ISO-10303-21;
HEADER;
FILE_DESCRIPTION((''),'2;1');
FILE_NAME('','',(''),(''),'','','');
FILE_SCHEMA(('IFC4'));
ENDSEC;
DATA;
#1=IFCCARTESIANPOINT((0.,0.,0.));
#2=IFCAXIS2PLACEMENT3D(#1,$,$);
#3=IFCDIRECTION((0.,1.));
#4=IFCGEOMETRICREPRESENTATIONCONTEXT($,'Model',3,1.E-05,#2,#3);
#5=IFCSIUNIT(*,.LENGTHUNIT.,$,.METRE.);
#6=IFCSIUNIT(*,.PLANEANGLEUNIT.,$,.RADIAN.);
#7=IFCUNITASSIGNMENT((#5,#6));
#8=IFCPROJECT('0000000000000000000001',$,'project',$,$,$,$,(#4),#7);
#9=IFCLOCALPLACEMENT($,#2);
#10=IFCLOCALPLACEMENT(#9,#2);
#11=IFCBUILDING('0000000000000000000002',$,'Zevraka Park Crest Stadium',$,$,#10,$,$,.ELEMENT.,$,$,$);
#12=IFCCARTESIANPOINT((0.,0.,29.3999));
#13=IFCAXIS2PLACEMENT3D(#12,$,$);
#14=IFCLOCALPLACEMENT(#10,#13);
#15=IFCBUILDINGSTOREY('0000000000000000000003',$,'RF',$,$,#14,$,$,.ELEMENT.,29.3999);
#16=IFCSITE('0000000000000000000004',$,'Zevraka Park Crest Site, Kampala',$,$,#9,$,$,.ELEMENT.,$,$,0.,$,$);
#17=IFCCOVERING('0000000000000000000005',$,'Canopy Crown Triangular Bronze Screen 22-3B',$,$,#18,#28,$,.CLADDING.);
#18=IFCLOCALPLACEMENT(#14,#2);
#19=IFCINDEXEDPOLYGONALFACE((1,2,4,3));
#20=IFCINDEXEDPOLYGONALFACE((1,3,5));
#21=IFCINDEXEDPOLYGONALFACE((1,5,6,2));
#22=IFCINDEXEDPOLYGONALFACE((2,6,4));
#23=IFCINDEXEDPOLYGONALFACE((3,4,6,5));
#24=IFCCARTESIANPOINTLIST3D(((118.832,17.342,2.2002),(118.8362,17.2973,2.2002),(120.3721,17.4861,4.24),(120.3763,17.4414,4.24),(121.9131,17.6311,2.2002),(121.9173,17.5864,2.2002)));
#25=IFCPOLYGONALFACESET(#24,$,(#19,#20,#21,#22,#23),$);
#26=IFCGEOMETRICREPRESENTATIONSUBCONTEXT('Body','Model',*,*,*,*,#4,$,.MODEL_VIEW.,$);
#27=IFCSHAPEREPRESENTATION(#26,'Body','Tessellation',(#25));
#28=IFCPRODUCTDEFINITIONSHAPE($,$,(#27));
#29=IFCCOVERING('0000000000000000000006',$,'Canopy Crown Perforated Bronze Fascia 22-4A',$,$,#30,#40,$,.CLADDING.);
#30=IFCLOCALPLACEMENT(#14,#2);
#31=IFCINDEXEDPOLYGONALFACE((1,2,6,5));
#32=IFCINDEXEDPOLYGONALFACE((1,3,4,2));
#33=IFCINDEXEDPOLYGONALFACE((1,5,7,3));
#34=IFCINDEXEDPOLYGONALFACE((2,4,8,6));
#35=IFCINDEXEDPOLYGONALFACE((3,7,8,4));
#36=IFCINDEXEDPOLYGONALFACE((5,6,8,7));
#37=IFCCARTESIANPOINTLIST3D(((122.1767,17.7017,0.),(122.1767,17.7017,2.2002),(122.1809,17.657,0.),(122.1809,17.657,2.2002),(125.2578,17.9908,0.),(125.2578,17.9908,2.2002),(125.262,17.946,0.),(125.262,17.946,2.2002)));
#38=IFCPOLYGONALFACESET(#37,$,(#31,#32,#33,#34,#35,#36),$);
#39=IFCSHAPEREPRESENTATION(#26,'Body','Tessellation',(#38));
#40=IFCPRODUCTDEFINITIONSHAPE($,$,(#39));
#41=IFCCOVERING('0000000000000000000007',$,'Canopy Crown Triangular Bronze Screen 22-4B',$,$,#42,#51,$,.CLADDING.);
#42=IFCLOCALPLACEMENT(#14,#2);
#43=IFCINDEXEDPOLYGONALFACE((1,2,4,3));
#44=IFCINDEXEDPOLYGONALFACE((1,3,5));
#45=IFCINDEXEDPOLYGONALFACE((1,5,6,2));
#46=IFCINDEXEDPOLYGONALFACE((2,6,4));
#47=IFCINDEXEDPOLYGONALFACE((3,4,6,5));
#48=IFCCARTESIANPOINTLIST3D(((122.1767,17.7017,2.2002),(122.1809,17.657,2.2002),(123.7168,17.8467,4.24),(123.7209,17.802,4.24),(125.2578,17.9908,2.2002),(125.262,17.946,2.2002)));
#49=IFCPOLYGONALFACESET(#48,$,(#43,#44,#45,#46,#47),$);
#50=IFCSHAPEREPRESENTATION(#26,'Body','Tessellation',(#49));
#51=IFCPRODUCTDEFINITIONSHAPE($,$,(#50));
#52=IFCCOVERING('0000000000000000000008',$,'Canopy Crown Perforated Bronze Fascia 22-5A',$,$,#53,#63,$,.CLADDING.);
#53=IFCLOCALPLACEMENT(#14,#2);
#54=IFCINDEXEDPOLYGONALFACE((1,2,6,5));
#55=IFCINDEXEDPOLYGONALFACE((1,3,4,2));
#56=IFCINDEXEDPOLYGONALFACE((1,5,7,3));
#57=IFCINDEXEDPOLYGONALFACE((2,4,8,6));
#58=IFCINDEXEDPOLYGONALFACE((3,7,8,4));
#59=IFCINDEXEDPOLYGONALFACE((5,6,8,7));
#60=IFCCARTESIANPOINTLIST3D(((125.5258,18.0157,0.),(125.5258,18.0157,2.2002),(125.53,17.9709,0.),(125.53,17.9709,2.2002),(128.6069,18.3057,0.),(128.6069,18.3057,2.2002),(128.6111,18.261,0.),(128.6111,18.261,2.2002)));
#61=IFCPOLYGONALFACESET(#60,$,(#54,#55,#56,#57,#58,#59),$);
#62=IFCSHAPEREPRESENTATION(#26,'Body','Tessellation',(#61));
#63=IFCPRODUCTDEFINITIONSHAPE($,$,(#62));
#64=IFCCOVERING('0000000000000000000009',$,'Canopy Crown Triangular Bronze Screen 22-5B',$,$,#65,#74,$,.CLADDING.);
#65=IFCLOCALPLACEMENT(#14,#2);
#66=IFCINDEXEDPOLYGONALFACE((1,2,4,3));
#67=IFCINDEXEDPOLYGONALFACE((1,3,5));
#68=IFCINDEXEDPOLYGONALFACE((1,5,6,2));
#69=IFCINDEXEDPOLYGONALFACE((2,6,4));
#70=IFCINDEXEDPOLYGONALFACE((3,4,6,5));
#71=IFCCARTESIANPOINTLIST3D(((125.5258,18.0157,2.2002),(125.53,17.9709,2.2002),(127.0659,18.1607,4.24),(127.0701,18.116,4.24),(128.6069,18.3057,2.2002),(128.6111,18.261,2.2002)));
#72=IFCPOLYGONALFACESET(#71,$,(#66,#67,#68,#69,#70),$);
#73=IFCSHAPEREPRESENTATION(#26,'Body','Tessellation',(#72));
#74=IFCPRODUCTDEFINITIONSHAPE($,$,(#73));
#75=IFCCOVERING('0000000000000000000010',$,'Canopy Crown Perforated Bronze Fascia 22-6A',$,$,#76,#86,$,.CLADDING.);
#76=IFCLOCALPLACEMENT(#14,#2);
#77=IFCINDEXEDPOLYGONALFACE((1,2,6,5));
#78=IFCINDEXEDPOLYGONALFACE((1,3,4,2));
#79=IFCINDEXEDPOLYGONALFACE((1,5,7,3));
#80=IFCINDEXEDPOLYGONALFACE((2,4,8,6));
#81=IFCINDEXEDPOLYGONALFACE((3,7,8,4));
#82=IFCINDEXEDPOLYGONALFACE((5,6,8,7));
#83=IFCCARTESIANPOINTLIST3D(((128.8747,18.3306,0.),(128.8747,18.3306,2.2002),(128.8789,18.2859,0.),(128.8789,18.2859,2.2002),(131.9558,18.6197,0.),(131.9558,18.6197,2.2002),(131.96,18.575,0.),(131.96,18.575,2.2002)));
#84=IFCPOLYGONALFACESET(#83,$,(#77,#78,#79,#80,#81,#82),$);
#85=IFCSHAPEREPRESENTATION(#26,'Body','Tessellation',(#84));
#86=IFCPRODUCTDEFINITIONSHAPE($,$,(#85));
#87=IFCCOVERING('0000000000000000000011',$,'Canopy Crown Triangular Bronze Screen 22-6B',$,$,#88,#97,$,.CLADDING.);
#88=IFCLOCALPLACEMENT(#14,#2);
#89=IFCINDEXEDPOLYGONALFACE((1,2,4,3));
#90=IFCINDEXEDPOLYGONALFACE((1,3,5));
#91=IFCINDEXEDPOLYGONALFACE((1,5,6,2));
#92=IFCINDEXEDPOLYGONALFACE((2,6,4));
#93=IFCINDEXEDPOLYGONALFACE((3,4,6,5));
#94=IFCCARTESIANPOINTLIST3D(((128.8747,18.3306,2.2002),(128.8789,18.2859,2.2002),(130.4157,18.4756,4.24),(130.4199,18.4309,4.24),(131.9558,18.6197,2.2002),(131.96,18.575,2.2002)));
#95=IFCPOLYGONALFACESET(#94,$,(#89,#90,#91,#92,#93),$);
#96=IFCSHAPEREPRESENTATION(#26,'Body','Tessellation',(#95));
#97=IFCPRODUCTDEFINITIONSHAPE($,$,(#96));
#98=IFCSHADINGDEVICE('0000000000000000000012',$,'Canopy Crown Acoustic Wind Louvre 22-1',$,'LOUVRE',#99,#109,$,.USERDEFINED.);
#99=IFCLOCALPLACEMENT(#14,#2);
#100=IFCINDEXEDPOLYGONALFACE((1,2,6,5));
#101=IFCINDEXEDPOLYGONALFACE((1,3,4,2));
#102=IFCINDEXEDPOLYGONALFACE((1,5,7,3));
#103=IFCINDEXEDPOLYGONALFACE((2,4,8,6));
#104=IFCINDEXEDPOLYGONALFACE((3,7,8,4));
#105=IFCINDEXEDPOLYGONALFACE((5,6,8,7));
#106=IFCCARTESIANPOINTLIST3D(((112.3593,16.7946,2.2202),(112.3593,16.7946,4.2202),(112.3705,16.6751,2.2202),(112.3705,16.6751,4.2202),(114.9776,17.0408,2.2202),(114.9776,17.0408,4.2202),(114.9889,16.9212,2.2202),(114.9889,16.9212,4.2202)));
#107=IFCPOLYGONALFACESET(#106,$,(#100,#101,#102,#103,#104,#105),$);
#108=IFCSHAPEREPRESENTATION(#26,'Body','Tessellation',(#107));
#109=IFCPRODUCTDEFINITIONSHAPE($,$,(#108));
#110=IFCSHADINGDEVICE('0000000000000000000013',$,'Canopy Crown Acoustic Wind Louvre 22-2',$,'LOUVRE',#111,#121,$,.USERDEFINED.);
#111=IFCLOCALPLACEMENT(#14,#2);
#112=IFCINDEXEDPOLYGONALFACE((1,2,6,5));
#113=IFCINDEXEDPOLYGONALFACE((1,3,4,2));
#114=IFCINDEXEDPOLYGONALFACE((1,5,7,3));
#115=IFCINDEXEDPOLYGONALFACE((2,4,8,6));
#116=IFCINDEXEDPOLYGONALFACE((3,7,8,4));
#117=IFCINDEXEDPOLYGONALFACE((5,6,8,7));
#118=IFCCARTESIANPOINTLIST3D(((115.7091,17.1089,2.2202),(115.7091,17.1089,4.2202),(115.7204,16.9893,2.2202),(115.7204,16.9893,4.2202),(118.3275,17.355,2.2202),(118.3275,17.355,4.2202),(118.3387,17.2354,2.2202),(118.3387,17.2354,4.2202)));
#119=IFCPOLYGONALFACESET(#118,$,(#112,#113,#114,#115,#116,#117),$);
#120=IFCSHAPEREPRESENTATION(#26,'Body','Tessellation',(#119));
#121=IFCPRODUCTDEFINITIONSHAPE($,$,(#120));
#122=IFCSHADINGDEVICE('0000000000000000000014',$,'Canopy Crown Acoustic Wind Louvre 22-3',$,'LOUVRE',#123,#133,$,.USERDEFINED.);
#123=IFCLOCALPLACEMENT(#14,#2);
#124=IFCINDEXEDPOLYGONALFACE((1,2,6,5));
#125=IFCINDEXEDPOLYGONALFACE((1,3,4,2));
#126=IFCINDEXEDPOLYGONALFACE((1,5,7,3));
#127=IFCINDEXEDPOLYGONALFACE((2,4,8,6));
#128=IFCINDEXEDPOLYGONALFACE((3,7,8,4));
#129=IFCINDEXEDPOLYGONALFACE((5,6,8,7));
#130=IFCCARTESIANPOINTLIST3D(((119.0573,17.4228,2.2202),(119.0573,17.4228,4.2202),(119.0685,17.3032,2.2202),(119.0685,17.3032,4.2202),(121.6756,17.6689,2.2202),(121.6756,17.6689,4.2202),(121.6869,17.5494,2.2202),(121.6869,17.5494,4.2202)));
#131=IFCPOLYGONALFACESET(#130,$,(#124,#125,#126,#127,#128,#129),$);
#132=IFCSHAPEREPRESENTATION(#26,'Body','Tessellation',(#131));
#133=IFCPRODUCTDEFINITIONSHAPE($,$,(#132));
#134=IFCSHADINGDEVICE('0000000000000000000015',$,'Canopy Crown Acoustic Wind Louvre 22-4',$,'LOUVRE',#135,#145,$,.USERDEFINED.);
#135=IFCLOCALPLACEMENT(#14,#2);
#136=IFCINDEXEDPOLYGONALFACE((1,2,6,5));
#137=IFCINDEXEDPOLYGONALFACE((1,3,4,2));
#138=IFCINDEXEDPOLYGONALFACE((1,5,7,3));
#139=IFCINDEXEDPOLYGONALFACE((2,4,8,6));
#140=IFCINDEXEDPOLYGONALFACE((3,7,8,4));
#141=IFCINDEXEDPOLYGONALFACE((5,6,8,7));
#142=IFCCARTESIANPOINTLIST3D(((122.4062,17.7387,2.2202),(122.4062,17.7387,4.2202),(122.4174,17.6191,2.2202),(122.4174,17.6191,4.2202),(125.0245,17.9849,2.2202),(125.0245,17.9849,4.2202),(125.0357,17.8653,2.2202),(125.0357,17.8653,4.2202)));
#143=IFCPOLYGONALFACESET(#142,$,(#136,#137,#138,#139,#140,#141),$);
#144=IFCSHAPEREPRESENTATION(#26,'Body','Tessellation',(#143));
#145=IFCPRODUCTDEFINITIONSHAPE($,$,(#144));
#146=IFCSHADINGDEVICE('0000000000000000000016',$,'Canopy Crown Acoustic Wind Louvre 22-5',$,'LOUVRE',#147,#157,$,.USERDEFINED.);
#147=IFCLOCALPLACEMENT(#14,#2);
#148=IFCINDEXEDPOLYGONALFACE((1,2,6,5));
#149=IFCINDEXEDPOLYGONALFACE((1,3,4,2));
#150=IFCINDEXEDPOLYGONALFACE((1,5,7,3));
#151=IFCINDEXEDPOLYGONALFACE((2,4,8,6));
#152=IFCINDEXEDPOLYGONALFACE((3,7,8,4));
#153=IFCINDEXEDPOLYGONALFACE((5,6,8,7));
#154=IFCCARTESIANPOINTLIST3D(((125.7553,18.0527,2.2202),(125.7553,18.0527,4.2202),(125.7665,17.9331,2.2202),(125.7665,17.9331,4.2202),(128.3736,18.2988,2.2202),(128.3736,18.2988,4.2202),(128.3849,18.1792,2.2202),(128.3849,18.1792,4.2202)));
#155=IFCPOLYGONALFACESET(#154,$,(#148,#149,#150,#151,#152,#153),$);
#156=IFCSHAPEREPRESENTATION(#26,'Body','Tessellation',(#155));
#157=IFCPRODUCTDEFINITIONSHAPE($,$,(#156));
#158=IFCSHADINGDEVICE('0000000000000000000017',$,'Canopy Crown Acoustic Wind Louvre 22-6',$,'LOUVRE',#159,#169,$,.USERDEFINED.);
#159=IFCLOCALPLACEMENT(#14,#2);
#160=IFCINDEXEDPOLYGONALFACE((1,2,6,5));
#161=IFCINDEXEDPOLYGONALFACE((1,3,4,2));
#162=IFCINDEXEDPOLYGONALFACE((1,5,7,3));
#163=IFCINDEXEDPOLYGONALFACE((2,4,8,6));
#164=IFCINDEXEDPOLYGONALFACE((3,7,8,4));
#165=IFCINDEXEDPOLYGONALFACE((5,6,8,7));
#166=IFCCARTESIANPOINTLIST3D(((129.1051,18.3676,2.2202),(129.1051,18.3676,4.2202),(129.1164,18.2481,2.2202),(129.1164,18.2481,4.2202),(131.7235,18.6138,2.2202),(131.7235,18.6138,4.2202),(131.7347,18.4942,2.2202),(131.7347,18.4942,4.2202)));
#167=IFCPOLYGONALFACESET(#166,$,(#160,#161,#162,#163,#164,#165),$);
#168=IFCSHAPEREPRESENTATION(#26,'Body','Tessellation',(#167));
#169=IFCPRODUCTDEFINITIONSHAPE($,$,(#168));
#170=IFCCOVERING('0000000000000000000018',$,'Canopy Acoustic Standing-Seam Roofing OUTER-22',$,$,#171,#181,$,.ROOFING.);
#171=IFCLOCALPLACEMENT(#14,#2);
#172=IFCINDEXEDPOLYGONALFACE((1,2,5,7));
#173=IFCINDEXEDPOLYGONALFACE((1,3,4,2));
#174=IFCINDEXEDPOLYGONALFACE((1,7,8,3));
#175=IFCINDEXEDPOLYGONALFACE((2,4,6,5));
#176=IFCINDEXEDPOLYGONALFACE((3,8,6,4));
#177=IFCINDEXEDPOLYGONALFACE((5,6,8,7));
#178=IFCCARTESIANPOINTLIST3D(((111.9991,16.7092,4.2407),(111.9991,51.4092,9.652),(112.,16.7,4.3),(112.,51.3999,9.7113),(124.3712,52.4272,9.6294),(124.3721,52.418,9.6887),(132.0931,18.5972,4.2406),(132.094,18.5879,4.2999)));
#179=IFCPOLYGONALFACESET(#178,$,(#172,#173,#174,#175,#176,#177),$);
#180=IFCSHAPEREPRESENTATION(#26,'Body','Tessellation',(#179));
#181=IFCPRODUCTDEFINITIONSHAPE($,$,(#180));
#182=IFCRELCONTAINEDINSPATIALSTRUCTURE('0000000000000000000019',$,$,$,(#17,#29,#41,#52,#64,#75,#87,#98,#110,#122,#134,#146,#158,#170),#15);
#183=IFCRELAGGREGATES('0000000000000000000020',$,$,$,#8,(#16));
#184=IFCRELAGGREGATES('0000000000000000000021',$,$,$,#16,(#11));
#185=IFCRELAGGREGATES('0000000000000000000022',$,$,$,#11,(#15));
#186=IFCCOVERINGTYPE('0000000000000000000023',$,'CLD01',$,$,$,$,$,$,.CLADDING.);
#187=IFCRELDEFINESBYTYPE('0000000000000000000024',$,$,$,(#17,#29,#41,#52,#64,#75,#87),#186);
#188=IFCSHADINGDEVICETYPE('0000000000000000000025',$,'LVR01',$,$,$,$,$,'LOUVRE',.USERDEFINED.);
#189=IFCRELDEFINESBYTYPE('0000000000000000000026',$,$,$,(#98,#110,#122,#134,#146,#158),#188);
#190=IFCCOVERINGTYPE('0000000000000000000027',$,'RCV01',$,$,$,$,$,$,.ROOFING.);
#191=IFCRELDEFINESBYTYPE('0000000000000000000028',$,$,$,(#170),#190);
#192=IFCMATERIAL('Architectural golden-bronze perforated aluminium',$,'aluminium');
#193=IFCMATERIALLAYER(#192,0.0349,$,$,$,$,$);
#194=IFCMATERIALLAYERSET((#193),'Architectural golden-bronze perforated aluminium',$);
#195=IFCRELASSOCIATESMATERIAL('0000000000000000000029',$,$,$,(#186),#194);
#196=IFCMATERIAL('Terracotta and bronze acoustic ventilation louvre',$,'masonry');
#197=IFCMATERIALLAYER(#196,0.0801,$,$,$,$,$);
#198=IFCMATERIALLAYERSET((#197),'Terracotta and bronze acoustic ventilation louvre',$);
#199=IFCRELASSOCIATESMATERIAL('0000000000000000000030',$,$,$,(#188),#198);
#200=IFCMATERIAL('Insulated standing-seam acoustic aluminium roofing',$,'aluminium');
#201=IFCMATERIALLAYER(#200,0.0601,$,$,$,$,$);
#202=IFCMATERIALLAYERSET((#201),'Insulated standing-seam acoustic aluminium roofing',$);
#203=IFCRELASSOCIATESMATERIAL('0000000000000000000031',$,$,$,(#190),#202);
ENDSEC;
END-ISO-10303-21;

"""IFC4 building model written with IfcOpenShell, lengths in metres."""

from ifc_helpers import new_model, si_unit, direction, frame, origin, origin_2d, place, context, subcontext, project, spatial, polyline, rectangle, outline, extrude, material, layer, layer_set, type_object, element, save


model = new_model("IFC4")

# Units and contexts
model_context = context("Model", 3, precision=1e-05, world=origin(), true_north=direction((0.0, 1.0)))
body_context = subcontext(model_context, "Body", "Model", "MODEL_VIEW")
ifc_project = project(units=[si_unit("LENGTHUNIT", "METRE"), si_unit("PLANEANGLEUNIT", "RADIAN")], contexts=[model_context])

# Site, building, storey
site_placement = place(None, origin())
site = spatial("IfcSite", under=ifc_project, at=site_placement, Name="Zevraka Park Crest Site, Kampala", CompositionType="ELEMENT", RefElevation=0.0)
building_placement = place(site_placement, origin())
building = spatial("IfcBuilding", under=site, at=building_placement, Name="Zevraka Park Crest Stadium", CompositionType="ELEMENT")
storey_placement = place(building_placement, frame((0.0, 0.0, 29.3999)))
storey = spatial("IfcBuildingStorey", under=building, at=storey_placement, Name="RF", CompositionType="ELEMENT", Elevation=29.3999)

# Coverings
ifc_material_1 = material(Name="Architectural golden-bronze perforated aluminium", Category="aluminium")
ifc_layer_1 = layer(ifc_material_1, 0.0349)
ifc_layer_set_1 = layer_set([ifc_layer_1], Name="Architectural golden-bronze perforated aluminium")
covering_type_1 = type_object("IfcCoveringType", Name="CLD01", PredefinedType="CLADDING", material=ifc_layer_set_1)
covering_1_placement = place(storey_placement, frame((118.832, 17.342, 2.2002), z_axis=(-0.093409, 0.995628, 0.000216), x_axis=(0.995628, 0.093409, 0.0)))
element("IfcCovering", 1, at=covering_1_placement, inside=storey, type_object=covering_type_1, Name="Canopy Crown Triangular Bronze Screen 22-3B", PredefinedType="CLADDING", context=body_context, shape_type="SweptSolid", body=[
    extrude(outline(polyline([(0.0, 0.0), (3.0946, 0.0), (1.5468, -2.0398), (0.0, 0.0)])), origin(), (0.0, 0.0, -1.0), 0.0449),
])
covering_2_placement = place(storey_placement, frame((122.1809, 17.657, 0.0), z_axis=(0.093409, -0.995628, 0.0), x_axis=(0.995628, 0.093409, 0.0)))
element("IfcCovering", 2, at=covering_2_placement, inside=storey, type_object=covering_type_1, Name="Canopy Crown Perforated Bronze Fascia 22-4A", PredefinedType="CLADDING", context=body_context, shape_type="SweptSolid", body=[
    extrude(outline(polyline([(0.0, 0.0), (3.0946, 0.0), (3.0946, 2.2002), (0.0, 2.2002), (0.0, 0.0)])), origin(), (0.0, 0.0, -1.0), 0.0449),
])
covering_3_placement = place(storey_placement, frame((122.1809, 17.657, 2.2002), z_axis=(0.093409, -0.995628, 0.000261), x_axis=(0.995628, 0.093409, 0.0)))
element("IfcCovering", 3, at=covering_3_placement, inside=storey, type_object=covering_type_1, Name="Canopy Crown Triangular Bronze Screen 22-4B", PredefinedType="CLADDING", context=body_context, shape_type="SweptSolid", body=[
    extrude(outline(polyline([(0.0, 0.0), (3.0946, 0.0), (1.5469, 2.0398), (0.0, 0.0)])), origin(), (0.0, 0.0, -1.0), 0.0449),
])
covering_4_placement = place(storey_placement, frame((125.53, 17.9709, 0.0), z_axis=(0.093722, -0.995598, 0.0), x_axis=(0.995598, 0.093722, 0.0)))
element("IfcCovering", 4, at=covering_4_placement, inside=storey, type_object=covering_type_1, Name="Canopy Crown Perforated Bronze Fascia 22-5A", PredefinedType="CLADDING", context=body_context, shape_type="SweptSolid", body=[
    extrude(outline(polyline([(0.0, 0.0), (3.0947, 0.0), (3.0947, 2.2002), (0.0, 2.2002), (0.0, 0.0)])), origin(), (0.0, 0.0, -1.0), 0.0449),
])
covering_5_placement = place(storey_placement, frame((125.53, 17.9709, 2.2002), z_axis=(0.093722, -0.995598, 0.000022), x_axis=(0.995598, 0.093722, 0.0)))
element("IfcCovering", 5, at=covering_5_placement, inside=storey, type_object=covering_type_1, Name="Canopy Crown Triangular Bronze Screen 22-5B", PredefinedType="CLADDING", context=body_context, shape_type="SweptSolid", body=[
    extrude(outline(polyline([(0.0, 0.0), (3.0947, 0.0), (1.5469, 2.0398), (0.0, 0.0)])), origin(), (0.0, 0.0, -1.0), 0.0449),
])
covering_6_placement = place(storey_placement, frame((128.8789, 18.2859, 0.0), z_axis=(0.093409, -0.995628, 0.0), x_axis=(0.995628, 0.093409, 0.0)))
element("IfcCovering", 6, at=covering_6_placement, inside=storey, type_object=covering_type_1, Name="Canopy Crown Perforated Bronze Fascia 22-6A", PredefinedType="CLADDING", context=body_context, shape_type="SweptSolid", body=[
    extrude(outline(polyline([(0.0, 0.0), (3.0946, 0.0), (3.0946, 2.2002), (0.0, 2.2002), (0.0, 0.0)])), origin(), (0.0, 0.0, -1.0), 0.0449),
])
covering_7_placement = place(storey_placement, frame((128.8789, 18.2859, 2.2002), z_axis=(0.093409, -0.995628, 0.000216), x_axis=(0.995628, 0.093409, 0.0)))
element("IfcCovering", 7, at=covering_7_placement, inside=storey, type_object=covering_type_1, Name="Canopy Crown Triangular Bronze Screen 22-6B", PredefinedType="CLADDING", context=body_context, shape_type="SweptSolid", body=[
    extrude(outline(polyline([(0.0, 0.0), (3.0946, 0.0), (1.5478, 2.0398), (0.0, 0.0)])), origin(), (0.0, 0.0, -1.0), 0.0449),
])

# Shading devices
ifc_material_2 = material(Name="Terracotta and bronze acoustic ventilation louvre", Category="masonry")
ifc_layer_2 = layer(ifc_material_2, 0.0801)
ifc_layer_set_2 = layer_set([ifc_layer_2], Name="Terracotta and bronze acoustic ventilation louvre")
shading_device_type = type_object("IfcShadingDeviceType", Name="LVR01", ElementType="LOUVRE", PredefinedType="USERDEFINED", material=ifc_layer_set_2)
for number, where, z_axis, x_axis, name in (
    (8, (113.6741, 16.8579, 2.2202), (0.0, 0.0, 1.0), (0.995611, 0.093587, 0.0), "Canopy Crown Acoustic Wind Louvre 22-1"),
    (9, (117.0239, 17.1721, 2.2202), (0.0, 0.0, 1.0), (0.995611, 0.093587, 0.0), "Canopy Crown Acoustic Wind Louvre 22-2"),
    (10, (120.3721, 17.4861, 2.2202), (0.0, 0.0, 1.0), (0.995611, 0.093587, 0.0), "Canopy Crown Acoustic Wind Louvre 22-3"),
    (11, (123.7209, 17.802, 2.2202), (0.0, 0.0, 1.0), (0.995611, 0.093587, 0.0), "Canopy Crown Acoustic Wind Louvre 22-4"),
    (12, (127.0701, 18.116, 2.2202), (0.0, 0.0, 1.0), (0.995611, 0.093587, 0.0), "Canopy Crown Acoustic Wind Louvre 22-5"),
    (13, (130.4199, 18.4309, 2.2202), (0.0, 0.0, 1.0), (0.995611, 0.093587, 0.0), "Canopy Crown Acoustic Wind Louvre 22-6"),
):
    element("IfcShadingDevice", number, at=place(storey_placement, frame(where, z_axis=z_axis, x_axis=x_axis)), inside=storey, type_object=shading_device_type, Name=name, ObjectType="LOUVRE", PredefinedType="USERDEFINED", context=body_context, shape_type="SweptSolid", body=[
        extrude(rectangle(XDim=2.6299, YDim=0.1201, at=origin_2d()), origin(), (0.0, 0.0, 1.0), 2.0),
    ])

# Covering
ifc_material_3 = material(Name="Insulated standing-seam acoustic aluminium roofing", Category="aluminium")
ifc_layer_3 = layer(ifc_material_3, 0.0601)
ifc_layer_set_3 = layer_set([ifc_layer_3], Name="Insulated standing-seam acoustic aluminium roofing")
covering_type_2 = type_object("IfcCoveringType", Name="RCV01", PredefinedType="ROOFING", material=ifc_layer_set_3)
covering_8_placement = place(storey_placement, frame((112.0, 16.7, 4.3), z_axis=(0.014481, -0.154066, 0.987954), x_axis=(0.995615, 0.093544, -0.000006)))
element("IfcCovering", 14, at=covering_8_placement, inside=storey, type_object=covering_type_2, Name="Canopy Acoustic Standing-Seam Roofing OUTER-22", PredefinedType="ROOFING", context=body_context, shape_type="SweptSolid", body=[
    extrude(outline(polyline([(0.0, 0.0), (20.1825, 0.0), (15.659, 34.8235), (3.246, 34.969), (0.0, 0.0)])), origin(), (0.0, 0.0, -1.0), 0.0601),
])

save(model, "model.ifc")
